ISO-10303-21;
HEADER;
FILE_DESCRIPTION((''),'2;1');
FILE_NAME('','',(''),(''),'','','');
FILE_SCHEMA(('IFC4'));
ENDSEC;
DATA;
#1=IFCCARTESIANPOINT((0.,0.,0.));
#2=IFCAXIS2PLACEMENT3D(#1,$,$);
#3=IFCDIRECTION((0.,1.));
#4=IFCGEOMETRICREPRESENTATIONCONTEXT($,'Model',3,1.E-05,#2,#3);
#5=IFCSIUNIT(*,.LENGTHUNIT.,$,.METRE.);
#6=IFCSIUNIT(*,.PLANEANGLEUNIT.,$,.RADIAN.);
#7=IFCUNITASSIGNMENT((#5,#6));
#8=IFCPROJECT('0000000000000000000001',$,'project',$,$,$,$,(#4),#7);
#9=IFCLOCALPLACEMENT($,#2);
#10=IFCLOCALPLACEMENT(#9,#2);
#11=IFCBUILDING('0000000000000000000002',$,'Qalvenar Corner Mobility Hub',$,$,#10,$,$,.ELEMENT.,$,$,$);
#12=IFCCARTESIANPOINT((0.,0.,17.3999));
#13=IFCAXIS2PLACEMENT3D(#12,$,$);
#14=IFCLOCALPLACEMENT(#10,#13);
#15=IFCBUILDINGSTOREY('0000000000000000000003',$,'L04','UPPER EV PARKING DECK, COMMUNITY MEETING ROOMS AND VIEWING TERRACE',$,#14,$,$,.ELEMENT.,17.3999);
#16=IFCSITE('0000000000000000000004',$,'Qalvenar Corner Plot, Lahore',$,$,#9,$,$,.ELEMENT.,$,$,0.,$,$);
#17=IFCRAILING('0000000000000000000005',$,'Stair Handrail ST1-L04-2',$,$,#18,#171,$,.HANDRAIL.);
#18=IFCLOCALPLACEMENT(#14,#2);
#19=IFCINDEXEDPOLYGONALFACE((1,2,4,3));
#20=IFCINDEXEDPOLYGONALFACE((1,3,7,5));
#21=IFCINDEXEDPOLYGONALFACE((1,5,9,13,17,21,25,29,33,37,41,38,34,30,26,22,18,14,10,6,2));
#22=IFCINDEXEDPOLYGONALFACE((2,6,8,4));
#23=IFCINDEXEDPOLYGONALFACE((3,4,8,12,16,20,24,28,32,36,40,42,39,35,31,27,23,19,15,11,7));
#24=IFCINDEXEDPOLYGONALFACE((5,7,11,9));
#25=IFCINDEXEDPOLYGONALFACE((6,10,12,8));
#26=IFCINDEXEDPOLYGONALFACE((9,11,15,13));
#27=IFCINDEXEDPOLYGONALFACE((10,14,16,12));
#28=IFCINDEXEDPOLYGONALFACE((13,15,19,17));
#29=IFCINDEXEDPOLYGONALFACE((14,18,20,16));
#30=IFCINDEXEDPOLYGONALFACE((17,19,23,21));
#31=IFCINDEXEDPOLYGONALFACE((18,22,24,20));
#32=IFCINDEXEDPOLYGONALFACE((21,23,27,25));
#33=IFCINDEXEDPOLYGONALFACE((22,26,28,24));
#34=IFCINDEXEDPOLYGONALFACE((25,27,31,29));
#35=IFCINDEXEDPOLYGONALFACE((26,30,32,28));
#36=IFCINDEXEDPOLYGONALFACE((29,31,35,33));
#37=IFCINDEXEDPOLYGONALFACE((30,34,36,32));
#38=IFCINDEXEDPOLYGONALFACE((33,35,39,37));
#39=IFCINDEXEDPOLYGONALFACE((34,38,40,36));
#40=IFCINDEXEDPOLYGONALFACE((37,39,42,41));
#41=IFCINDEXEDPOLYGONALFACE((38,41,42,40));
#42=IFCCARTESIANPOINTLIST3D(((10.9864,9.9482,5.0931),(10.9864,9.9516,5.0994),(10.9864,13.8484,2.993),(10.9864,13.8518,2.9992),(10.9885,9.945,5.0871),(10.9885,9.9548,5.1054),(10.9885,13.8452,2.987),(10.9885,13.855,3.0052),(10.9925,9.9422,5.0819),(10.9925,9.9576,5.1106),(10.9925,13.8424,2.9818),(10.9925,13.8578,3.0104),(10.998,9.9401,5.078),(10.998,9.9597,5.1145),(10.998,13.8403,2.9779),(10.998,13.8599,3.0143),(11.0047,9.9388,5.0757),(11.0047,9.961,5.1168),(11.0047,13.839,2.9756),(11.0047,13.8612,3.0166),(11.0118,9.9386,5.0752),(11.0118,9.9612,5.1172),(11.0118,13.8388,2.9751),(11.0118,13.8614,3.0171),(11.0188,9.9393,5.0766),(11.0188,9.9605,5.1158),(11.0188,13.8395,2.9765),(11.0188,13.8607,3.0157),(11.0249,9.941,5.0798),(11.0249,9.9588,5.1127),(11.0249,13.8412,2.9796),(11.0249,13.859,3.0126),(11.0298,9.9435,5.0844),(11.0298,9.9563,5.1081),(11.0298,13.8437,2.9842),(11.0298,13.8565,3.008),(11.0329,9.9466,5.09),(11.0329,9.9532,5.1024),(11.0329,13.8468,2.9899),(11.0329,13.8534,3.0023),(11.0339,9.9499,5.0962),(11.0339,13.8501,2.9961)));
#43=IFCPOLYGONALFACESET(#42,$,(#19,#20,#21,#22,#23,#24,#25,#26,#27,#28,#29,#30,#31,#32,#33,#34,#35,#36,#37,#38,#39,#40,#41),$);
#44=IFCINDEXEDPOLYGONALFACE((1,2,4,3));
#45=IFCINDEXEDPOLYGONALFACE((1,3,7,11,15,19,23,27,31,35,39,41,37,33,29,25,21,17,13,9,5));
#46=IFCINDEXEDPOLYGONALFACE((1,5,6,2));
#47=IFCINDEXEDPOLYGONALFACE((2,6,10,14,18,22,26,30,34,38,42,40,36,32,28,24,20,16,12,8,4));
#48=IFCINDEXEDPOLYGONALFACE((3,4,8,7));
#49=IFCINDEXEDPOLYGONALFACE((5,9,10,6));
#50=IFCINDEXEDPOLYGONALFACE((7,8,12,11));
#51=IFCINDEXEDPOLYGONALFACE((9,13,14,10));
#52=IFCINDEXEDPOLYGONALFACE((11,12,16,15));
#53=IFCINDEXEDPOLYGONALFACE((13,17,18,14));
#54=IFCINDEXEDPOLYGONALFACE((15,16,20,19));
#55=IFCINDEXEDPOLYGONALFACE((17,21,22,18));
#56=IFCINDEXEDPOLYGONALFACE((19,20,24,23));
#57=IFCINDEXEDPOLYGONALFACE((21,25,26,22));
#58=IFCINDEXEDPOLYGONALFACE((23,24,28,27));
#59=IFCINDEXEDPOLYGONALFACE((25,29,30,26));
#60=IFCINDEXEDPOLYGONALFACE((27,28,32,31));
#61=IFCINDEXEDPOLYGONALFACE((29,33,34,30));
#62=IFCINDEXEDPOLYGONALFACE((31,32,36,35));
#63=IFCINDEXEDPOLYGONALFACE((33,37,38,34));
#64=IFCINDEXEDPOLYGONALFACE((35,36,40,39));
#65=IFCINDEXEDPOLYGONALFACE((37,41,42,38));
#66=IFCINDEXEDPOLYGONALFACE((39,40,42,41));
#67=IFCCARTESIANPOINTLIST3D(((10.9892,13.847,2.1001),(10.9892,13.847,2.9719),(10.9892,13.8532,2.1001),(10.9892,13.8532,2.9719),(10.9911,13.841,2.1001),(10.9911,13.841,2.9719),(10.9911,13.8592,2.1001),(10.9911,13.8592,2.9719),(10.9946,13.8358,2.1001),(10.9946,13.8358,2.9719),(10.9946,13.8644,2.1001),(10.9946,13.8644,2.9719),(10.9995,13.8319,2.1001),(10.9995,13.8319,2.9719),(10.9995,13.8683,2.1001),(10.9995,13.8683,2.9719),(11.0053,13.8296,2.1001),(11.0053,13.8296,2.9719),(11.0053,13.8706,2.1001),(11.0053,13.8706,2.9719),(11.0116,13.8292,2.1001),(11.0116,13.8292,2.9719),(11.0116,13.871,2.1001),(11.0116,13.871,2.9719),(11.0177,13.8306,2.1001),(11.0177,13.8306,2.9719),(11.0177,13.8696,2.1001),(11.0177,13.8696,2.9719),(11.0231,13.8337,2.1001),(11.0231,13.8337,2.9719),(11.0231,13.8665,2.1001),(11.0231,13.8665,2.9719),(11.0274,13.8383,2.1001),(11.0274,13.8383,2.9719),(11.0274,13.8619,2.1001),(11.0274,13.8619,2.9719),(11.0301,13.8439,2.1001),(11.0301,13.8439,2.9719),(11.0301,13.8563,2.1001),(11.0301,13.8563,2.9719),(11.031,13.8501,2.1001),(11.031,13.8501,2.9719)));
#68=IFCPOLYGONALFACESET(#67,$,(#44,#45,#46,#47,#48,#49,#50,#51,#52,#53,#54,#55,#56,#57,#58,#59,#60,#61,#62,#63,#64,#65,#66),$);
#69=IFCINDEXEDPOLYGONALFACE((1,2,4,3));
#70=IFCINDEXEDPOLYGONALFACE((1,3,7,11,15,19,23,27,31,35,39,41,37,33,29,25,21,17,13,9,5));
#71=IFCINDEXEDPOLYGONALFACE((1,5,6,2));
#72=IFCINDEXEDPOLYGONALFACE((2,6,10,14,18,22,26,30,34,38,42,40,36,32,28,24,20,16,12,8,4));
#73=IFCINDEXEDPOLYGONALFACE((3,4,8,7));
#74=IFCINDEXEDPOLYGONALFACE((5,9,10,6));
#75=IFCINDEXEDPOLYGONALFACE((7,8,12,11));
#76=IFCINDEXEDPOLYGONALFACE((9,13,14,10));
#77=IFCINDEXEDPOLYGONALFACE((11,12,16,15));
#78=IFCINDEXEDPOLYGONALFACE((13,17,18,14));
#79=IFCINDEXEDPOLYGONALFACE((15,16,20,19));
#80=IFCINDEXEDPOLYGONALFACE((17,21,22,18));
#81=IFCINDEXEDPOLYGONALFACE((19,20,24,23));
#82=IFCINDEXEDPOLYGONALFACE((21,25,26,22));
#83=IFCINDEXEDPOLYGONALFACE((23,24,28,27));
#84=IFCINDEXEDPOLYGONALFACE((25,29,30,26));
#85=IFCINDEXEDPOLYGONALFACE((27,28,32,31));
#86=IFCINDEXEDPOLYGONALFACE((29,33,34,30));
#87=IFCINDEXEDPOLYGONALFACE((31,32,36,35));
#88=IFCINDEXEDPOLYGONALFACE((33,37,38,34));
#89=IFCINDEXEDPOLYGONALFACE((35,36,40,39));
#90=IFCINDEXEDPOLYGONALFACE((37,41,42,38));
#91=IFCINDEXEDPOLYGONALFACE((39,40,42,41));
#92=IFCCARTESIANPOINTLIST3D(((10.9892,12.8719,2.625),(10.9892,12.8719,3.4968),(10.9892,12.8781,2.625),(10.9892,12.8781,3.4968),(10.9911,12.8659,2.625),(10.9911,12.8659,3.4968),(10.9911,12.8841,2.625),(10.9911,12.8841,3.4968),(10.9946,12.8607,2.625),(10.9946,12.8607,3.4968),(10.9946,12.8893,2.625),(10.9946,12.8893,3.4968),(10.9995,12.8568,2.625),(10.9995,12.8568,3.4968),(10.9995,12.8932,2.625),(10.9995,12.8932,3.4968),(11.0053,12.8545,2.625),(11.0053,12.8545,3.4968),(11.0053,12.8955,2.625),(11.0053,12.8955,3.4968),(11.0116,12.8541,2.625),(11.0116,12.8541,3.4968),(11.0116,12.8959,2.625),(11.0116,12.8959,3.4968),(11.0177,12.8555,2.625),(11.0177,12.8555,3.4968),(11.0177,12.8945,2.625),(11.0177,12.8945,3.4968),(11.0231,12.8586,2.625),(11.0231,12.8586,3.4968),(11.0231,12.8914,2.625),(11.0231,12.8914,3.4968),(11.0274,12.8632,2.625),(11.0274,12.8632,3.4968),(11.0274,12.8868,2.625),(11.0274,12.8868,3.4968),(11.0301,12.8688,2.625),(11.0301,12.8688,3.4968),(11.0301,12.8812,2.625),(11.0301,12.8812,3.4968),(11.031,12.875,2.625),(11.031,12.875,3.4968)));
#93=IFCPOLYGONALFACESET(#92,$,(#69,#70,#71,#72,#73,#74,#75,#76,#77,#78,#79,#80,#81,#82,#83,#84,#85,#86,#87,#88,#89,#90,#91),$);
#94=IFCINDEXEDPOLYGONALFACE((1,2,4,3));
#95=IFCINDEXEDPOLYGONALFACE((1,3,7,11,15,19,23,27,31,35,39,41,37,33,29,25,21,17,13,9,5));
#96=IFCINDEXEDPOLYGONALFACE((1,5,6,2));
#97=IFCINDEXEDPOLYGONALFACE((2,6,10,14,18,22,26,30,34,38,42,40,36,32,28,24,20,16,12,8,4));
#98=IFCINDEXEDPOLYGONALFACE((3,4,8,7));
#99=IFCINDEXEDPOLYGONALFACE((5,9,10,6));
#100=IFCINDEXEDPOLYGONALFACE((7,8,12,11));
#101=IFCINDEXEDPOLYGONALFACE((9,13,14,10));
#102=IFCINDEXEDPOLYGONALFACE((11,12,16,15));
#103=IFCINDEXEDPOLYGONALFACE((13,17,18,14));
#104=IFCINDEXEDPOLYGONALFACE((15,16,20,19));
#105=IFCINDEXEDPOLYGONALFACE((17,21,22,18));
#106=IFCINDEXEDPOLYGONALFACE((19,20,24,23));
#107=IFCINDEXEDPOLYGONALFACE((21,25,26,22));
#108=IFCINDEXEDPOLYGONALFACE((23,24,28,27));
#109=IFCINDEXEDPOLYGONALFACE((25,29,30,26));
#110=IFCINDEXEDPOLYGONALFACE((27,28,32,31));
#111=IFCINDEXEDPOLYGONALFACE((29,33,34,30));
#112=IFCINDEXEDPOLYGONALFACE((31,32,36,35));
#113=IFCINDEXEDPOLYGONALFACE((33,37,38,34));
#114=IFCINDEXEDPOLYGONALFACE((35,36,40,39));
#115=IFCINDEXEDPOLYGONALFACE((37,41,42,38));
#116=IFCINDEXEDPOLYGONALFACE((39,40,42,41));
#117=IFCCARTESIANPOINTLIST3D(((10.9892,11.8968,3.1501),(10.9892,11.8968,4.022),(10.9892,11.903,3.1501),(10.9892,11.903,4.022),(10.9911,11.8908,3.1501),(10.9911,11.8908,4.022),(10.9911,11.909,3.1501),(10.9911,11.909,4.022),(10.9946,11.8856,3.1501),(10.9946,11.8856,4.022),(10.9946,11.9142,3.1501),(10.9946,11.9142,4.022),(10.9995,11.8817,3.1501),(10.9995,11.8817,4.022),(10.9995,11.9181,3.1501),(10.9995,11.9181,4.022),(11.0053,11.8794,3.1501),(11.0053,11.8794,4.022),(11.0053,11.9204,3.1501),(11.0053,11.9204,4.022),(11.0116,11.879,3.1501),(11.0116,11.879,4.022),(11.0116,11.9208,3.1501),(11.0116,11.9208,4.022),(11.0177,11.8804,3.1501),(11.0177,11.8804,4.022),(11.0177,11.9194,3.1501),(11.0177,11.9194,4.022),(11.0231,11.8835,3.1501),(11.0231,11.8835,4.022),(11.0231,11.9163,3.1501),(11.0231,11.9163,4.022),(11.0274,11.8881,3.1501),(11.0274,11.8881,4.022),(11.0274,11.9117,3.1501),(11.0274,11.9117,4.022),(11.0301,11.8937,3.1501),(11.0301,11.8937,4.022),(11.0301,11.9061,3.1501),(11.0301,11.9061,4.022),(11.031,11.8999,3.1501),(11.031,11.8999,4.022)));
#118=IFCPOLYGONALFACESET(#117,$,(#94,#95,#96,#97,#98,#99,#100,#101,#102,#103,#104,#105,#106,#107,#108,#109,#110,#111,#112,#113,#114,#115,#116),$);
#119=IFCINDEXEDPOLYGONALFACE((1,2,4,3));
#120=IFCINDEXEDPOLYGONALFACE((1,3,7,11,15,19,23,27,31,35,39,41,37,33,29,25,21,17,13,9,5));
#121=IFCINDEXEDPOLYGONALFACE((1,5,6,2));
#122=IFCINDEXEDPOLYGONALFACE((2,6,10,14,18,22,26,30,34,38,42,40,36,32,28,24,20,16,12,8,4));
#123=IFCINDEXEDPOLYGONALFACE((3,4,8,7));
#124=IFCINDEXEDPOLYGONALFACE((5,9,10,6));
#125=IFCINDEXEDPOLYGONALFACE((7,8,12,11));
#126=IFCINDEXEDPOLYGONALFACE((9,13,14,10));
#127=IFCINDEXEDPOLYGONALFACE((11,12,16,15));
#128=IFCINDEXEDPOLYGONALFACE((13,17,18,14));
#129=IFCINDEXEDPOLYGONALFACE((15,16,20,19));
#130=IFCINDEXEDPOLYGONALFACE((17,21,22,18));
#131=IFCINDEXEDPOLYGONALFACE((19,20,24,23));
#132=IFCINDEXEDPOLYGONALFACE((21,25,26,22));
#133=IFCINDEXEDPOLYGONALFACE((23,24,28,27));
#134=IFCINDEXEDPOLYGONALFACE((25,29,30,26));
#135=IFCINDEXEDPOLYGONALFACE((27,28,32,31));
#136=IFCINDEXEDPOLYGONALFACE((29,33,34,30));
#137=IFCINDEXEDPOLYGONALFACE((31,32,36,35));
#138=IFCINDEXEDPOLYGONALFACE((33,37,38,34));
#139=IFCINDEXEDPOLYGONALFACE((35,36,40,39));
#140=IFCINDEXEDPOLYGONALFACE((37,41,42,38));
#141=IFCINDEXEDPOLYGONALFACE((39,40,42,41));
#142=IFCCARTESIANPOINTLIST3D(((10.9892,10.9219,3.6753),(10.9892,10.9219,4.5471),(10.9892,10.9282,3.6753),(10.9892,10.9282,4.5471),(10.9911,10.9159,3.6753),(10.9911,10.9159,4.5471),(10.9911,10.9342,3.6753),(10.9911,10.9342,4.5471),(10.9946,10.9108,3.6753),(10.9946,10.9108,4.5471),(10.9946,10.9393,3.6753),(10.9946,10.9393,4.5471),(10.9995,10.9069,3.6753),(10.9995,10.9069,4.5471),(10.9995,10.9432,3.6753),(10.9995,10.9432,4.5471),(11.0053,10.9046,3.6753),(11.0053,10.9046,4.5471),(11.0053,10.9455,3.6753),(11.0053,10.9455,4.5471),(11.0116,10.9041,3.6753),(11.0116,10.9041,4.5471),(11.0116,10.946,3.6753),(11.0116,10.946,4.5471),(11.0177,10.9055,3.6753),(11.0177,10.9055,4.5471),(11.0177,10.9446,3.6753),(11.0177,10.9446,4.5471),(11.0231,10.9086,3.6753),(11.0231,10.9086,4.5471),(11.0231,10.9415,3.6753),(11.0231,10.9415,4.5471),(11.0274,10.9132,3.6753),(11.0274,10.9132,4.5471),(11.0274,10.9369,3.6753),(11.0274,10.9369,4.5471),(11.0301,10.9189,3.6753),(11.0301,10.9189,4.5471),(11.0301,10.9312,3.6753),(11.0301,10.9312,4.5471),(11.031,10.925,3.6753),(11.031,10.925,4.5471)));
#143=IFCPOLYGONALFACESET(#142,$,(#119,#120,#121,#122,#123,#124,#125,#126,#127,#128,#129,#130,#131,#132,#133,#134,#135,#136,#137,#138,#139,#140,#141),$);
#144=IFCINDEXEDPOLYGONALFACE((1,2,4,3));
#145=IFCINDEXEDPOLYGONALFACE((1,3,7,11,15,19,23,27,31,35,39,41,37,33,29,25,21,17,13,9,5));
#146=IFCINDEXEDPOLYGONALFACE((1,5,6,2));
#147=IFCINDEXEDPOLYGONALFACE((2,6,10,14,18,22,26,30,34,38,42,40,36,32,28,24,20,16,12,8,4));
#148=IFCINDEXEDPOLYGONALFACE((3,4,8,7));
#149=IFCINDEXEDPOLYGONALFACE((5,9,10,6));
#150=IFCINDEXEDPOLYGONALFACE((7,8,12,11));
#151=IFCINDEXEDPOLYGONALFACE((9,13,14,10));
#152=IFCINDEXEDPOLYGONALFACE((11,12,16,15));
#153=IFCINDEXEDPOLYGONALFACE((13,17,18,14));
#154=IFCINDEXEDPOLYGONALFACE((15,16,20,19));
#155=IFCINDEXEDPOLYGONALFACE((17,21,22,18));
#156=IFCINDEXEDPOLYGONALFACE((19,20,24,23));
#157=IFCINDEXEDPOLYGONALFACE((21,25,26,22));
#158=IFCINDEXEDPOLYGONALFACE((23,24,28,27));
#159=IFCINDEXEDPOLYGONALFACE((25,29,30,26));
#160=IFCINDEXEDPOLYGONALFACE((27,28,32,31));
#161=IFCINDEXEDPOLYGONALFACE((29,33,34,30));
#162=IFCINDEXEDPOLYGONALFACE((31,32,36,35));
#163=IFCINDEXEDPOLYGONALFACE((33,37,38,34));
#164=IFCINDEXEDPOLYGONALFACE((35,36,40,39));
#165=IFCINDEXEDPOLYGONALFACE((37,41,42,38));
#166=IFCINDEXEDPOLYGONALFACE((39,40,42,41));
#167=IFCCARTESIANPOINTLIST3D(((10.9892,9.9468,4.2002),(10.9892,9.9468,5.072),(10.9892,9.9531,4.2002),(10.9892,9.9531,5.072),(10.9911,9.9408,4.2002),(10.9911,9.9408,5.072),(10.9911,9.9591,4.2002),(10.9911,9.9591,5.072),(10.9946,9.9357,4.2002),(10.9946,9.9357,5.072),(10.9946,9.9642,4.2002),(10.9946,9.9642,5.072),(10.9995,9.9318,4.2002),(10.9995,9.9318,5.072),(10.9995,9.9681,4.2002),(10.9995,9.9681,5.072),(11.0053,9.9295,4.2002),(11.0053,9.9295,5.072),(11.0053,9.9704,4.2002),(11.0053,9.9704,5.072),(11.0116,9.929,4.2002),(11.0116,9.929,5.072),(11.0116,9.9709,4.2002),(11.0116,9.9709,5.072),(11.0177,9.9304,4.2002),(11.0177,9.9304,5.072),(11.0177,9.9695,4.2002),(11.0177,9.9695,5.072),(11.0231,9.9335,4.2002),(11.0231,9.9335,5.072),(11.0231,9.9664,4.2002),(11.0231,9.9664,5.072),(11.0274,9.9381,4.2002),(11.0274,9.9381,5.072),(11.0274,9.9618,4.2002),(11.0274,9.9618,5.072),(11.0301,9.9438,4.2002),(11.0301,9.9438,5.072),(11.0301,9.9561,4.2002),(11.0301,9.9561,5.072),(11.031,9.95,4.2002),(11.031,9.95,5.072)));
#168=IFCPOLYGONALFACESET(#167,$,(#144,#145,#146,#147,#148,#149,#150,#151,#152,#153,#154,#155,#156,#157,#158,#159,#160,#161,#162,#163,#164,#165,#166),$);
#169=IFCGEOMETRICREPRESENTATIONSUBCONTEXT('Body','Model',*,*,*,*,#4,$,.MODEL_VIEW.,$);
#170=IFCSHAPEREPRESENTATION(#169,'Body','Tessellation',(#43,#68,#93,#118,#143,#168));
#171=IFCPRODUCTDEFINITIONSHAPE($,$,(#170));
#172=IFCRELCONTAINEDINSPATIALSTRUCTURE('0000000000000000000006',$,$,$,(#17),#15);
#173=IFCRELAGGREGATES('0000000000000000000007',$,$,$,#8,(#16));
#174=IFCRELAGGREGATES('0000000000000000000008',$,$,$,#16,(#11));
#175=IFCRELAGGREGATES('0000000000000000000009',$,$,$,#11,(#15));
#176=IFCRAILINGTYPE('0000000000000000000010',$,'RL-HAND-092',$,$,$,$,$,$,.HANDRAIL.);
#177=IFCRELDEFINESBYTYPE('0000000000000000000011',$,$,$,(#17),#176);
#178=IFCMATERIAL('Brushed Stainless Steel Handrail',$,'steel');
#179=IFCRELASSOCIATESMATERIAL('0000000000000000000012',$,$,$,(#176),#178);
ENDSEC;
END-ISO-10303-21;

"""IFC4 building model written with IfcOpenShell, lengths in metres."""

from ifc_helpers import new_model, si_unit, direction, frame, origin, origin_2d, place, context, subcontext, project, spatial, circle, extrude, material, type_object, element, save


model = new_model("IFC4")

# Units and contexts
model_context = context("Model", 3, precision=1e-05, world=origin(), true_north=direction((0.0, 1.0)))
body_context = subcontext(model_context, "Body", "Model", "MODEL_VIEW")
ifc_project = project(units=[si_unit("LENGTHUNIT", "METRE"), si_unit("PLANEANGLEUNIT", "RADIAN")], contexts=[model_context])

# Site, building, storey
site_placement = place(None, origin())
site = spatial("IfcSite", under=ifc_project, at=site_placement, Name="Qalvenar Corner Plot, Lahore", CompositionType="ELEMENT", RefElevation=0.0)
building_placement = place(site_placement, origin())
building = spatial("IfcBuilding", under=site, at=building_placement, Name="Qalvenar Corner Mobility Hub", CompositionType="ELEMENT")
storey_placement = place(building_placement, frame((0.0, 0.0, 17.3999)))
storey = spatial("IfcBuildingStorey", under=building, at=storey_placement, Name="L04", Description="UPPER EV PARKING DECK, COMMUNITY MEETING ROOMS AND VIEWING TERRACE", CompositionType="ELEMENT", Elevation=17.3999)

# Railing
ifc_material_1 = material(Name="Brushed Stainless Steel Handrail", Category="steel")
railing_type_1 = type_object("IfcRailingType", Name="RL-HAND-092", PredefinedType="HANDRAIL", material=ifc_material_1)
railing_1_placement = place(storey_placement, frame((11.01, 13.8501, 2.1001)))
element("IfcRailing", 1, at=railing_1_placement, inside=storey, type_object=railing_type_1, Name="Stair Handrail ST1-L04-2", PredefinedType="HANDRAIL", context=body_context, shape_type="SweptSolid", body=[
    extrude(circle(Radius=0.0239, at=origin_2d()), frame((0.0, 0.0, 0.896), z_axis=(0.0, -0.880469, 0.474103), x_axis=(1.0, 0.0, 0.0)), (0.0, 0.0, 1.0), 4.4297),
    extrude(circle(Radius=0.021, at=origin_2d()), origin(), (0.0, 0.0, 1.0), 0.8718),
    extrude(circle(Radius=0.021, at=origin_2d()), frame((0.0, -0.9751, 0.5249)), (0.0, 0.0, 1.0), 0.8718),
    extrude(circle(Radius=0.021, at=origin_2d()), frame((0.0, -1.9502, 1.05)), (0.0, 0.0, 1.0), 0.8718),
    extrude(circle(Radius=0.021, at=origin_2d()), frame((0.0, -2.925, 1.5752)), (0.0, 0.0, 1.0), 0.8718),
    extrude(circle(Radius=0.021, at=origin_2d()), frame((0.0, -3.9001, 2.1001)), (0.0, 0.0, 1.0), 0.8718),
])

save(model, "model.ifc")
